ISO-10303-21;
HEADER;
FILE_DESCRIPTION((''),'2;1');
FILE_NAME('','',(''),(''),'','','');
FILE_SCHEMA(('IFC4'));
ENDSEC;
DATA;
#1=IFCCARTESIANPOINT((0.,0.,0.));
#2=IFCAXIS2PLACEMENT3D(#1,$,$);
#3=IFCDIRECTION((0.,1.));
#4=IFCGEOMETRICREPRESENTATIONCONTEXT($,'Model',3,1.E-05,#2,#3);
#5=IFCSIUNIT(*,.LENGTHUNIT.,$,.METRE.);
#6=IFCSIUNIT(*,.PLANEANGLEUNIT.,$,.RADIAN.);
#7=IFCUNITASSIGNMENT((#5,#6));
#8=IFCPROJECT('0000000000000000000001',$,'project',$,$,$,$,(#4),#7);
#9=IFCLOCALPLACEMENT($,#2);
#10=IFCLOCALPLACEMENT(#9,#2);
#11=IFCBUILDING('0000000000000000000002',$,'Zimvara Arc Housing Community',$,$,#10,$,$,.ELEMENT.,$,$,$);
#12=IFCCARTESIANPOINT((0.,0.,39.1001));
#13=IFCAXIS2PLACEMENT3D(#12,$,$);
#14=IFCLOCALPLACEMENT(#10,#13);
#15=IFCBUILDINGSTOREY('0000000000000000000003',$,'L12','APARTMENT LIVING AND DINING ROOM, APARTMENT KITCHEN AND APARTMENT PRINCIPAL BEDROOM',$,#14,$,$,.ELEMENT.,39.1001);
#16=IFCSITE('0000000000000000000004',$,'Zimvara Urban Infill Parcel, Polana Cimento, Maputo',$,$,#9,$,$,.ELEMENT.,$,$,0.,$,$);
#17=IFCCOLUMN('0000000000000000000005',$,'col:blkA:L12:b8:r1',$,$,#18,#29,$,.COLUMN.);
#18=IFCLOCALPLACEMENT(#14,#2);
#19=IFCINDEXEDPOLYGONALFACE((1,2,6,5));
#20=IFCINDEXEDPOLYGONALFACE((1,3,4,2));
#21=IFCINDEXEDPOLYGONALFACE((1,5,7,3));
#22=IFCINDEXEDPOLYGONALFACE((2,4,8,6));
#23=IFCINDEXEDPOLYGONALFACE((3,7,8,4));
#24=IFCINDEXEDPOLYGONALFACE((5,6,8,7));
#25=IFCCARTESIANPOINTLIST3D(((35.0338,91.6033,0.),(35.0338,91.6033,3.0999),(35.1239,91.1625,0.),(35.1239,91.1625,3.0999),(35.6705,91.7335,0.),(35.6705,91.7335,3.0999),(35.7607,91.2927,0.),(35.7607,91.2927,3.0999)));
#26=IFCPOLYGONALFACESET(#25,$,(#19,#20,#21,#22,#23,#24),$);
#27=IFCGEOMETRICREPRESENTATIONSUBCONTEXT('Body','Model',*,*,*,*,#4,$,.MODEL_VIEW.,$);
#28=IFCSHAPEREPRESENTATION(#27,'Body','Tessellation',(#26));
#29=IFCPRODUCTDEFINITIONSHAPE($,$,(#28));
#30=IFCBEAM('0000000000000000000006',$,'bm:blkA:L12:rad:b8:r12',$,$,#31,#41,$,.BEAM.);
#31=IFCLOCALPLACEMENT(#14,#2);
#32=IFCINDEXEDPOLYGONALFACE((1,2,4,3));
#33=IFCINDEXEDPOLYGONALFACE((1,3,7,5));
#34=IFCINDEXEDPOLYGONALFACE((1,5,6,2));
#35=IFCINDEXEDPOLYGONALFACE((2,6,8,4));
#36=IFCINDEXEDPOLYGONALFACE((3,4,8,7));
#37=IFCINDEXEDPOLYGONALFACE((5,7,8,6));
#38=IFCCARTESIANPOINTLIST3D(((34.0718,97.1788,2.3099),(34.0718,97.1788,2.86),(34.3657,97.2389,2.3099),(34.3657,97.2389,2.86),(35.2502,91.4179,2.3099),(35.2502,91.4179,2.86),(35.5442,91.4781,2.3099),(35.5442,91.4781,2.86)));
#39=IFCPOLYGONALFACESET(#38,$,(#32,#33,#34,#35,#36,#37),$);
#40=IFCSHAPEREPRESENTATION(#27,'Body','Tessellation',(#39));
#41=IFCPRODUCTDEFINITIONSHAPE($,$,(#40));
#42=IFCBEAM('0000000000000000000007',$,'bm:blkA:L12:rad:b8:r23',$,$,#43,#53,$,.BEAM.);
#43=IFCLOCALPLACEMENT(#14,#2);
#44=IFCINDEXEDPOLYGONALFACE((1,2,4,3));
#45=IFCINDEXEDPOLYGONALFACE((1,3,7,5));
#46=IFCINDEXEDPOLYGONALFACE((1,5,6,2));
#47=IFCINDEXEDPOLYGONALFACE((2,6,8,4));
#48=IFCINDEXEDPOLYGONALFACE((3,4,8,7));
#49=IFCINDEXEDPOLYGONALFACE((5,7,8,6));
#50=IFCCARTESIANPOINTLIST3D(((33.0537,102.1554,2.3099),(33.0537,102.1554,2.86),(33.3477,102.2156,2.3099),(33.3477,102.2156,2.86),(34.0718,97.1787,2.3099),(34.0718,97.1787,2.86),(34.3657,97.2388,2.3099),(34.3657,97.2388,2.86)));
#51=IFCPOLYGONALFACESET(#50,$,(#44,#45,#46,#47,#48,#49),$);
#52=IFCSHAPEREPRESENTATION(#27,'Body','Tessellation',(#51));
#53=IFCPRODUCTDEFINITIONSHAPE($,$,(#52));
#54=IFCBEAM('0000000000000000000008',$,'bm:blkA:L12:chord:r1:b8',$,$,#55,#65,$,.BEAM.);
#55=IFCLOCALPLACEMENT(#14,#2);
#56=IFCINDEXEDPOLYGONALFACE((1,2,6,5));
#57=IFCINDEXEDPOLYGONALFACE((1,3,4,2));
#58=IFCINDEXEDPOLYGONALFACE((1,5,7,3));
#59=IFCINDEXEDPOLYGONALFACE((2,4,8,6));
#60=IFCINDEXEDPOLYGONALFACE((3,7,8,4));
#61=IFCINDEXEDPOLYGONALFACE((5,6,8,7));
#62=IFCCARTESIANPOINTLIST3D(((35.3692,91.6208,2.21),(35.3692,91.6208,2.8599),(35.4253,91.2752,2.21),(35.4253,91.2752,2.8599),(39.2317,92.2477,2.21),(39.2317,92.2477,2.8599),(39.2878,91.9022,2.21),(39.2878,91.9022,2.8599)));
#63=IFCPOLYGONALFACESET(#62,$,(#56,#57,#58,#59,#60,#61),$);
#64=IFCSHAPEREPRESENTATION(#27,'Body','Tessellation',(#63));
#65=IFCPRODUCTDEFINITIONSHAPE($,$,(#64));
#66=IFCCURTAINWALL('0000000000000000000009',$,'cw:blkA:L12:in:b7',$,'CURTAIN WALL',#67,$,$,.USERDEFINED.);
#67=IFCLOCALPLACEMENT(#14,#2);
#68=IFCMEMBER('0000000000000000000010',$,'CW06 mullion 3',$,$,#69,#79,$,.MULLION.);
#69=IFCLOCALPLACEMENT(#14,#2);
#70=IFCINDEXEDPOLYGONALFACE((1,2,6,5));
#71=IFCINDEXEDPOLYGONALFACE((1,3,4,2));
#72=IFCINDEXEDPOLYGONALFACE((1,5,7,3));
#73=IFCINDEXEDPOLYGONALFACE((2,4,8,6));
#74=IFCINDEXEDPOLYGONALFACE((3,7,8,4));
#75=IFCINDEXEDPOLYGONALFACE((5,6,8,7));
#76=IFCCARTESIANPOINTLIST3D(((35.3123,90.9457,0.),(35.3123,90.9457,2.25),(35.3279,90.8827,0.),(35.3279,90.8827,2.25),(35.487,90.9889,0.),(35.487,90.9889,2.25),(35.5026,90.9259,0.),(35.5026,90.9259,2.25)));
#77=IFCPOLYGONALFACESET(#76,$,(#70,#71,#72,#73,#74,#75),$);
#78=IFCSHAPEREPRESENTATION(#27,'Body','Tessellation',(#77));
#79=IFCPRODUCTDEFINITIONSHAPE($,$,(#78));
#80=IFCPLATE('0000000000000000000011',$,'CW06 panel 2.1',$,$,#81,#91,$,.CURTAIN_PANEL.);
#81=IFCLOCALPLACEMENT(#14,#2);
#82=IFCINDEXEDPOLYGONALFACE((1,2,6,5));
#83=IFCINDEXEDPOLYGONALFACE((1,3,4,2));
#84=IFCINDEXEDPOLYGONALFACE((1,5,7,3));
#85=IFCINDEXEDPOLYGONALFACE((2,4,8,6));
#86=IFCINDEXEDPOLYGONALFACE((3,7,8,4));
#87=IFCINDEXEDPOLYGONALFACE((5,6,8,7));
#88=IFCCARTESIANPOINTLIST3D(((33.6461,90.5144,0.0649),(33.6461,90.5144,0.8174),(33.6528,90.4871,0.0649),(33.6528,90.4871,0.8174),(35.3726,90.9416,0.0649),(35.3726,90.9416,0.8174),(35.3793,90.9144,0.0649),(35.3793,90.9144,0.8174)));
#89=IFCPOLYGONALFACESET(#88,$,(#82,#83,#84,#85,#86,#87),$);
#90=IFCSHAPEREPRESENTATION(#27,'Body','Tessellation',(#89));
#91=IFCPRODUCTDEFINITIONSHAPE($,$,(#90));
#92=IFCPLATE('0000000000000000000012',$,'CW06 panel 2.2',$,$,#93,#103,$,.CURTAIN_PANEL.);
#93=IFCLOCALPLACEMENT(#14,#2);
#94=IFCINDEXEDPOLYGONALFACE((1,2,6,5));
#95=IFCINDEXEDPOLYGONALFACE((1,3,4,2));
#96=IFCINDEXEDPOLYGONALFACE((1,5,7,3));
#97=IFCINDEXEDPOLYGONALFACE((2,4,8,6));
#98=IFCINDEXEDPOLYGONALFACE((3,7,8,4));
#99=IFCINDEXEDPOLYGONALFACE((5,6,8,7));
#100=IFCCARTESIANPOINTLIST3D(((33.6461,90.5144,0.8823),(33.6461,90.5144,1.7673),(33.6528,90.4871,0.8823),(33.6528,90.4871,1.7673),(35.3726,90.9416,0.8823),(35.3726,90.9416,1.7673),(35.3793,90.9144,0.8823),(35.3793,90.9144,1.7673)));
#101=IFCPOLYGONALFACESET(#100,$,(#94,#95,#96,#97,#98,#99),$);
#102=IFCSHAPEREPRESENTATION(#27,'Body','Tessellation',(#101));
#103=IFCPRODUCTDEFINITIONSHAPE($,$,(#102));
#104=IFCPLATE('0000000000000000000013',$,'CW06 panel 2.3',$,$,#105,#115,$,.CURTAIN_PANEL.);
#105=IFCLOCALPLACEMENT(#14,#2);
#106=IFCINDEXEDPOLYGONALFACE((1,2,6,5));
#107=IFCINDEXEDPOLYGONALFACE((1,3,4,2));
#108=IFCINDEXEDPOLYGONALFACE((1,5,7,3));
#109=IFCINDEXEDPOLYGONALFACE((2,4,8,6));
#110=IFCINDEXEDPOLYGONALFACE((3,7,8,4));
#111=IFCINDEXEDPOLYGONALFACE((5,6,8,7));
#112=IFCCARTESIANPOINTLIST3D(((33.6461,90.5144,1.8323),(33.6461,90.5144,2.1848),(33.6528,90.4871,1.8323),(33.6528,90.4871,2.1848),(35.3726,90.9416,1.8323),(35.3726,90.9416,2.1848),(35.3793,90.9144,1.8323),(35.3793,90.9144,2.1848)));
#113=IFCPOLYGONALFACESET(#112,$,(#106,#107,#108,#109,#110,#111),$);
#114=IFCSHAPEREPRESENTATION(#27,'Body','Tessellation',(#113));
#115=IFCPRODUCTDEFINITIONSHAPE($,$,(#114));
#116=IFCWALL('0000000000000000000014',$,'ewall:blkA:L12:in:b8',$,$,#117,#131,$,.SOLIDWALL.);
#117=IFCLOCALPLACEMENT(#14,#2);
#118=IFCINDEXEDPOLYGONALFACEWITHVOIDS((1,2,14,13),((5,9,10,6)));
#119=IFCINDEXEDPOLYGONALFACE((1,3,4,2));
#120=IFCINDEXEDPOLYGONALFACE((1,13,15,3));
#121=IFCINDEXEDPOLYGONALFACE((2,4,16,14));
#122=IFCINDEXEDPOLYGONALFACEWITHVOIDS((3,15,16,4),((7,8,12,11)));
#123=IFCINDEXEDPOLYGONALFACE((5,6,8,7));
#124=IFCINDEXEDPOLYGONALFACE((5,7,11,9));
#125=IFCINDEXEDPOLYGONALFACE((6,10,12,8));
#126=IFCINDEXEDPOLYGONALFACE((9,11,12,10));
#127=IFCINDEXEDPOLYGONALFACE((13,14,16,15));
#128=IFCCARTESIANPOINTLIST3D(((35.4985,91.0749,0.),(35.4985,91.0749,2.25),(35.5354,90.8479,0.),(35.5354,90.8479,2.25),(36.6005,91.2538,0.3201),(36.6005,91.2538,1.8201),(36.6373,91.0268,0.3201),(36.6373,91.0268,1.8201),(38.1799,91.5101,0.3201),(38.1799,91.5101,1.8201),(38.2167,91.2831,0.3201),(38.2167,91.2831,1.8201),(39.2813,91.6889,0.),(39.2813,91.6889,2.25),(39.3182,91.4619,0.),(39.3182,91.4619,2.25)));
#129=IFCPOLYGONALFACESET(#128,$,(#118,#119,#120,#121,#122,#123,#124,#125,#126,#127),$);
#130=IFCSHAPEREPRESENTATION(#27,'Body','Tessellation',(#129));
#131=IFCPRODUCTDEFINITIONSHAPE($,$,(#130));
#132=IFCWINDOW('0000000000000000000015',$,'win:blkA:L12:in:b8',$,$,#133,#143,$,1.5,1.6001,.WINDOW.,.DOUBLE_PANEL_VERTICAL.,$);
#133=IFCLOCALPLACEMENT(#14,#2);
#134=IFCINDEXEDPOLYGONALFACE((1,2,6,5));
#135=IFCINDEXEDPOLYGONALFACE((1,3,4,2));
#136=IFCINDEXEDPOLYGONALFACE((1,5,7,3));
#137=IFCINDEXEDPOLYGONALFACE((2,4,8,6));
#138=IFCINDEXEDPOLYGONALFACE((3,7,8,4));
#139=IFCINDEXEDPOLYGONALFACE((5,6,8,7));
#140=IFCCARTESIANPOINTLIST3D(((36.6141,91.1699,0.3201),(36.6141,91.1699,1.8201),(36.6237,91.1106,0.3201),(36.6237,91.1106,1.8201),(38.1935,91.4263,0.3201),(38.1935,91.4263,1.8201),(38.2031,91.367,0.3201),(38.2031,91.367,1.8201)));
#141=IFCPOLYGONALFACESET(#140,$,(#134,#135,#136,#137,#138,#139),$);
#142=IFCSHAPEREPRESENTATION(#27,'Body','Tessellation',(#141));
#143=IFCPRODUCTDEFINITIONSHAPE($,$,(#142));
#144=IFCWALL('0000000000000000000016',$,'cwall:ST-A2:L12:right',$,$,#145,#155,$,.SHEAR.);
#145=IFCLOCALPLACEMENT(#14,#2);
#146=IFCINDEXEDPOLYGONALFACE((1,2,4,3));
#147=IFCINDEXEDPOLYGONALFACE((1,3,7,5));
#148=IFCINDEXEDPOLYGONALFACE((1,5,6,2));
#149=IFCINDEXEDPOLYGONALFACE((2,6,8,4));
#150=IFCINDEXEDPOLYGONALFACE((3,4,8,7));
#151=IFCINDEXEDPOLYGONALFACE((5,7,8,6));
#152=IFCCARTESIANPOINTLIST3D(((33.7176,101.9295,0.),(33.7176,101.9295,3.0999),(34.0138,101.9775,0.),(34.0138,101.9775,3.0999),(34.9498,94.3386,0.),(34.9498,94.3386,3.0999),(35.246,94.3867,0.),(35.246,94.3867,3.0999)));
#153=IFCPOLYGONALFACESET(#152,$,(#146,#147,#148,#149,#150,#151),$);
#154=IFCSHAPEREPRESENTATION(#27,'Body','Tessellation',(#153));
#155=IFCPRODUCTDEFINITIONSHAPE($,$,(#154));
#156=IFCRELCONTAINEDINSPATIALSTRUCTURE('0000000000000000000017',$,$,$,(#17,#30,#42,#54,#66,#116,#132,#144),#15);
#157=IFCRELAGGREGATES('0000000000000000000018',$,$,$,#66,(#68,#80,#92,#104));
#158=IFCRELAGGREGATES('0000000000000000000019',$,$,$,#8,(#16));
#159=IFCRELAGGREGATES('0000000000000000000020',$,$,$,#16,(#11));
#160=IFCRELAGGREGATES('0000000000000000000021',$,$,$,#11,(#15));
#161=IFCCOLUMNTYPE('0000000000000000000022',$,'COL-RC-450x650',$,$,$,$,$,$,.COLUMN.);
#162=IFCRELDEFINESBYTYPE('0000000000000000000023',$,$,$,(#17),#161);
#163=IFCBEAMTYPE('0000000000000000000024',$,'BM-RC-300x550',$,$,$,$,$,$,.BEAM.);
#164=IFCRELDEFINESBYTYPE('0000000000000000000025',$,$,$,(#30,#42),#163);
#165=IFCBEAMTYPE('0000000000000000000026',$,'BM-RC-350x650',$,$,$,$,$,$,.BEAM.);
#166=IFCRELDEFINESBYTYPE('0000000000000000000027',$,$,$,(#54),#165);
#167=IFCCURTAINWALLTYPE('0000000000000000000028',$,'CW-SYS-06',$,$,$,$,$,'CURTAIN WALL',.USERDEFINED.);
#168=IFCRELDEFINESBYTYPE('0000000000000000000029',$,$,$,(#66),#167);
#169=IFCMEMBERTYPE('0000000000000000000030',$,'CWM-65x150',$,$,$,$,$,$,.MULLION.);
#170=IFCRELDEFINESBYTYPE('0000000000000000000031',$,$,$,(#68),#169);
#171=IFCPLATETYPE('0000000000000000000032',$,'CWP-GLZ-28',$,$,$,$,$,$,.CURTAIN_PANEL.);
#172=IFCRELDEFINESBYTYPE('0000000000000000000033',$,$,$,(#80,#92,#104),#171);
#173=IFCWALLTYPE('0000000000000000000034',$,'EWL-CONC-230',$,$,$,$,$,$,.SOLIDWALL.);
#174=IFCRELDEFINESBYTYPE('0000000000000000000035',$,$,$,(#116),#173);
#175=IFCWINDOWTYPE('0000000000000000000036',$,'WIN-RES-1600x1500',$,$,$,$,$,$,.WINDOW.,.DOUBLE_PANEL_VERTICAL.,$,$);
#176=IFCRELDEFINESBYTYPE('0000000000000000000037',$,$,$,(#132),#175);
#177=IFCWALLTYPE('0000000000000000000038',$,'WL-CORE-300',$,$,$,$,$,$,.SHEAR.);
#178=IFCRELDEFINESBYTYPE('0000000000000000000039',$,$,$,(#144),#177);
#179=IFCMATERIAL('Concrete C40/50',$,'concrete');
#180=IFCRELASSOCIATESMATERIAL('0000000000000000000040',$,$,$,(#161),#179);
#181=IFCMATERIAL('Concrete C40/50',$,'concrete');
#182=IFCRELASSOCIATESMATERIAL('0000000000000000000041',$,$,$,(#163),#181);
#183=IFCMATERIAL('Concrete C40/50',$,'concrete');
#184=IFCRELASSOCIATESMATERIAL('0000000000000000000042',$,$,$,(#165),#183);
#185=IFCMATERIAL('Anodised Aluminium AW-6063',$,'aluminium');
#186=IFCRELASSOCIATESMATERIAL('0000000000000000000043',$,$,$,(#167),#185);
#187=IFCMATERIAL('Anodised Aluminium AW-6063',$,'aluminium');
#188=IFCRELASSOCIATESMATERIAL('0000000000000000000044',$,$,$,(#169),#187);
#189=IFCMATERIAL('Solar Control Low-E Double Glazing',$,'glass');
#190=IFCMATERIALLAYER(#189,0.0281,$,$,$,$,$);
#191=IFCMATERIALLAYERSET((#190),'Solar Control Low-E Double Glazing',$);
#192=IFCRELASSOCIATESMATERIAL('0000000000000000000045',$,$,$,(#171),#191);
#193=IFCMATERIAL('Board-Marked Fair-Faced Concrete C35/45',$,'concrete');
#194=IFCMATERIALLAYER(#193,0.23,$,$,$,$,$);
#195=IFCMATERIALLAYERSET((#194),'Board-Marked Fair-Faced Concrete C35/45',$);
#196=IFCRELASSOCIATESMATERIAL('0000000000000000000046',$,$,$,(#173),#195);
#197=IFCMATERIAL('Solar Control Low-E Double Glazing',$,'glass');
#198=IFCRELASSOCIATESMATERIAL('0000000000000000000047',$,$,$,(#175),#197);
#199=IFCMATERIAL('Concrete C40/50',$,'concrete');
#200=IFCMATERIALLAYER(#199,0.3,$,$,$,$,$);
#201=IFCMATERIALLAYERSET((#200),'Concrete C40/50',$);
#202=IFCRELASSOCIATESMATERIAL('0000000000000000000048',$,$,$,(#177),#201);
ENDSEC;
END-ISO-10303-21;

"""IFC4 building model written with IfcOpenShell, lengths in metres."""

from ifc_helpers import new_model, si_unit, direction, frame, frame_2d, origin, origin_2d, place, context, subcontext, project, spatial, rectangle, extrude, material, layer, layer_set, material_profile, profile_set, type_object, element, fill, aggregate, save


model = new_model("IFC4")

# Units and contexts
model_context = context("Model", 3, precision=1e-05, world=origin(), true_north=direction((0.0, 1.0)))
body_context = subcontext(model_context, "Body", "Model", "MODEL_VIEW")
ifc_project = project(units=[si_unit("LENGTHUNIT", "METRE"), si_unit("PLANEANGLEUNIT", "RADIAN")], contexts=[model_context])

# Site, building, storey
site_placement = place(None, origin())
site = spatial("IfcSite", under=ifc_project, at=site_placement, Name="Zimvara Urban Infill Parcel, Polana Cimento, Maputo", CompositionType="ELEMENT", RefElevation=0.0)
building_placement = place(site_placement, origin())
building = spatial("IfcBuilding", under=site, at=building_placement, Name="Zimvara Arc Housing Community", CompositionType="ELEMENT")
storey_placement = place(building_placement, frame((0.0, 0.0, 39.1001)))
storey = spatial("IfcBuildingStorey", under=building, at=storey_placement, Name="L12", Description="APARTMENT LIVING AND DINING ROOM, APARTMENT KITCHEN AND APARTMENT PRINCIPAL BEDROOM", CompositionType="ELEMENT", Elevation=39.1001)

# Column
ifc_material_1 = material(Name="Concrete C40/50", Category="concrete")
ifc_material_profile_1 = material_profile(ifc_material_1, rectangle(XDim=0.45, YDim=0.6499, at=origin_2d()), Name="RC 450x650")
ifc_profile_set_1 = profile_set([ifc_material_profile_1], Name="Concrete C40/50")
column_type = type_object("IfcColumnType", Name="COL-RC-450x650", PredefinedType="COLUMN", material=ifc_profile_set_1)
column_placement = place(storey_placement, frame((35.3972, 91.448, 0.0), z_axis=(0.0, 0.0, 1.0), x_axis=(-0.200394, 0.979715, 0.0)))
element("IfcColumn", 1, at=column_placement, inside=storey, type_object=column_type, Name="col:blkA:L12:b8:r1", PredefinedType="COLUMN", context=body_context, shape_type="SweptSolid", body=[
    extrude(rectangle(XDim=0.45, YDim=0.6499, at=origin_2d()), origin(), (0.0, 0.0, 1.0), 3.0999),
])

# Beams
ifc_material_2 = material(Name="Concrete C40/50", Category="concrete")
ifc_material_profile_2 = material_profile(ifc_material_2, rectangle(XDim=0.3, YDim=0.55, at=origin_2d()), Name="RC 300x550")
ifc_profile_set_2 = profile_set([ifc_material_profile_2], Name="Concrete C40/50")
beam_type_1 = type_object("IfcBeamType", Name="BM-RC-300x550", PredefinedType="BEAM", material=ifc_profile_set_2)
beam_1_placement = place(storey_placement, frame((35.3972, 91.448, 2.585), z_axis=(-0.200418, 0.97971, 0.0), x_axis=(-0.97971, -0.200418, 0.0)))
element("IfcBeam", 2, at=beam_1_placement, inside=storey, type_object=beam_type_1, Name="bm:blkA:L12:rad:b8:r12", PredefinedType="BEAM", context=body_context, shape_type="SweptSolid", body=[
    extrude(rectangle(XDim=0.3, YDim=0.55, at=origin_2d()), origin(), (0.0, 0.0, 1.0), 5.8801),
])
beam_2_placement = place(storey_placement, frame((34.2188, 97.2087, 2.585), z_axis=(-0.200412, 0.979712, 0.0), x_axis=(-0.979712, -0.200412, 0.0)))
element("IfcBeam", 3, at=beam_2_placement, inside=storey, type_object=beam_type_1, Name="bm:blkA:L12:rad:b8:r23", PredefinedType="BEAM", context=body_context, shape_type="SweptSolid", body=[
    extrude(rectangle(XDim=0.3, YDim=0.55, at=origin_2d()), origin(), (0.0, 0.0, 1.0), 5.0798),
])
ifc_material_3 = material(Name="Concrete C40/50", Category="concrete")
ifc_material_profile_3 = material_profile(ifc_material_3, rectangle(XDim=0.3501, YDim=0.6499, at=origin_2d()), Name="RC 350x650")
ifc_profile_set_3 = profile_set([ifc_material_profile_3], Name="Concrete C40/50")
beam_type_2 = type_object("IfcBeamType", Name="BM-RC-350x650", PredefinedType="BEAM", material=ifc_profile_set_3)
beam_3_placement = place(storey_placement, frame((35.3972, 91.448, 2.5349), z_axis=(0.987081, 0.160219, 0.0), x_axis=(-0.160219, 0.987081, 0.0)))
element("IfcBeam", 4, at=beam_3_placement, inside=storey, type_object=beam_type_2, Name="bm:blkA:L12:chord:r1:b8", PredefinedType="BEAM", context=body_context, shape_type="SweptSolid", body=[
    extrude(rectangle(XDim=0.3501, YDim=0.6499, at=origin_2d()), origin(), (0.0, 0.0, 1.0), 3.9131),
])

# Curtain wall, member, plates
ifc_material_4 = material(Name="Anodised Aluminium AW-6063", Category="aluminium")
curtain_wall_type = type_object("IfcCurtainWallType", Name="CW-SYS-06", ElementType="CURTAIN WALL", PredefinedType="USERDEFINED", material=ifc_material_4)
curtain_wall_placement = place(storey_placement, origin())
curtain_wall = element("IfcCurtainWall", 5, at=curtain_wall_placement, inside=storey, type_object=curtain_wall_type, Name="cw:blkA:L12:in:b7", ObjectType="CURTAIN WALL", PredefinedType="USERDEFINED")
ifc_material_5 = material(Name="Anodised Aluminium AW-6063", Category="aluminium")
ifc_material_profile_4 = material_profile(ifc_material_5, rectangle(XDim=0.0649, YDim=0.1799, at=origin_2d()), Name="ALU 65x180")
ifc_profile_set_4 = profile_set([ifc_material_profile_4], Name="Anodised Aluminium AW-6063")
member_type = type_object("IfcMemberType", Name="CWM-65x150", PredefinedType="MULLION", material=ifc_profile_set_4)
member_placement = place(storey_placement, frame((35.4075, 90.9358, 0.0), z_axis=(0.0, 0.0, 1.0), x_axis=(-0.240229, 0.970716, 0.0)))
member = element("IfcMember", 6, at=member_placement, type_object=member_type, Name="CW06 mullion 3", PredefinedType="MULLION", context=body_context, shape_type="SweptSolid", body=[
    extrude(rectangle(XDim=0.0649, YDim=0.1799, at=origin_2d()), origin(), (0.0, 0.0, 1.0), 2.25),
])
ifc_material_6 = material(Name="Solar Control Low-E Double Glazing", Category="glass")
ifc_layer_1 = layer(ifc_material_6, 0.0281)
ifc_layer_set_1 = layer_set([ifc_layer_1], Name="Solar Control Low-E Double Glazing")
plate_type = type_object("IfcPlateType", Name="CWP-GLZ-28", PredefinedType="CURTAIN_PANEL", material=ifc_layer_set_1)
plate_1_placement = place(storey_placement, frame((34.5127, 90.7144, 0.0649), z_axis=(0.0, 0.0, 1.0), x_axis=(0.970716, 0.240229, 0.0)))
plate_1 = element("IfcPlate", 7, at=plate_1_placement, type_object=plate_type, Name="CW06 panel 2.1", PredefinedType="CURTAIN_PANEL", context=body_context, shape_type="SweptSolid", body=[
    extrude(rectangle(XDim=1.7786, YDim=0.0281, at=origin_2d()), origin(), (0.0, 0.0, 1.0), 0.7524),
])
plate_2_placement = place(storey_placement, frame((34.5127, 90.7144, 0.8823), z_axis=(0.0, 0.0, 1.0), x_axis=(0.970716, 0.240229, 0.0)))
plate_2 = element("IfcPlate", 8, at=plate_2_placement, type_object=plate_type, Name="CW06 panel 2.2", PredefinedType="CURTAIN_PANEL", context=body_context, shape_type="SweptSolid", body=[
    extrude(rectangle(XDim=1.7786, YDim=0.0281, at=origin_2d()), origin(), (0.0, 0.0, 1.0), 0.885),
])
plate_3_placement = place(storey_placement, frame((34.5127, 90.7144, 1.8323), z_axis=(0.0, 0.0, 1.0), x_axis=(0.970716, 0.240229, 0.0)))
plate_3 = element("IfcPlate", 9, at=plate_3_placement, type_object=plate_type, Name="CW06 panel 2.3", PredefinedType="CURTAIN_PANEL", context=body_context, shape_type="SweptSolid", body=[
    extrude(rectangle(XDim=1.7786, YDim=0.0281, at=origin_2d()), origin(), (0.0, 0.0, 1.0), 0.3525),
])
aggregate(curtain_wall, [member, plate_1, plate_2, plate_3])

# Wall, opening, window
ifc_material_7 = material(Name="Board-Marked Fair-Faced Concrete C35/45", Category="concrete")
ifc_layer_2 = layer(ifc_material_7, 0.23)
ifc_layer_set_2 = layer_set([ifc_layer_2], Name="Board-Marked Fair-Faced Concrete C35/45")
wall_type_1 = type_object("IfcWallType", Name="EWL-CONC-230", PredefinedType="SOLIDWALL", material=ifc_layer_set_2)
wall_1_placement = place(storey_placement, frame((35.5171, 90.9614, 0.0), z_axis=(0.0, 0.0, 1.0), x_axis=(0.987081, 0.160224, 0.0)))
wall_1 = element("IfcWall", 10, at=wall_1_placement, inside=storey, type_object=wall_type_1, Name="ewall:blkA:L12:in:b8", PredefinedType="SOLIDWALL", context=body_context, shape_type="SweptSolid", body=[
    extrude(rectangle(XDim=3.8323, YDim=0.23, at=frame_2d((1.916, 0.0))), origin(), (0.0, 0.0, 1.0), 2.25),
])
opening_1_placement = place(wall_1_placement, frame((1.1162, 0.0, 0.3201)))
opening_1 = element("IfcOpeningElement", 11, at=opening_1_placement, cuts=wall_1, PredefinedType="OPENING", context=body_context, shape_type="SweptSolid", body=[
    extrude(rectangle(XDim=1.6001, YDim=1.5, at=frame_2d((0.8, 0.75))), frame((0.0, 0.125, 0.0), z_axis=(0.0, -1.0, 0.0), x_axis=(1.0, 0.0, 0.0)), (0.0, 0.0, 1.0), 0.25),
])
ifc_material_8 = material(Name="Solar Control Low-E Double Glazing", Category="glass")
window_type = type_object("IfcWindowType", Name="WIN-RES-1600x1500", PartitioningType="DOUBLE_PANEL_VERTICAL", PredefinedType="WINDOW", material=ifc_material_8)
window_placement = place(opening_1_placement, origin())
window = element("IfcWindow", 12, at=window_placement, inside=storey, type_object=window_type, Name="win:blkA:L12:in:b8", OverallHeight=1.5, OverallWidth=1.6001, PartitioningType="DOUBLE_PANEL_VERTICAL", PredefinedType="WINDOW", context=body_context, shape_type="SweptSolid", body=[
    extrude(rectangle(XDim=1.6001, YDim=1.5, at=frame_2d((0.8, 0.75))), frame((0.0, 0.03, 0.0), z_axis=(0.0, -1.0, 0.0), x_axis=(1.0, 0.0, 0.0)), (0.0, 0.0, 1.0), 0.0601),
])
fill(opening_1, window)

# Wall
ifc_material_9 = material(Name="Concrete C40/50", Category="concrete")
ifc_layer_3 = layer(ifc_material_9, 0.3)
ifc_layer_set_3 = layer_set([ifc_layer_3], Name="Concrete C40/50")
wall_type_2 = type_object("IfcWallType", Name="WL-CORE-300", PredefinedType="SHEAR", material=ifc_layer_set_3)
wall_2_placement = place(storey_placement, frame((35.0979, 94.3625, 0.0), z_axis=(0.0, 0.0, 1.0), x_axis=(-0.160227, 0.98708, 0.0)))
element("IfcWall", 13, at=wall_2_placement, inside=storey, type_object=wall_type_2, Name="cwall:ST-A2:L12:right", PredefinedType="SHEAR", context=body_context, shape_type="SweptSolid", body=[
    extrude(rectangle(XDim=7.6902, YDim=0.3, at=frame_2d((3.8452, 0.0))), origin(), (0.0, 0.0, 1.0), 3.0999),
])

save(model, "model.ifc")
